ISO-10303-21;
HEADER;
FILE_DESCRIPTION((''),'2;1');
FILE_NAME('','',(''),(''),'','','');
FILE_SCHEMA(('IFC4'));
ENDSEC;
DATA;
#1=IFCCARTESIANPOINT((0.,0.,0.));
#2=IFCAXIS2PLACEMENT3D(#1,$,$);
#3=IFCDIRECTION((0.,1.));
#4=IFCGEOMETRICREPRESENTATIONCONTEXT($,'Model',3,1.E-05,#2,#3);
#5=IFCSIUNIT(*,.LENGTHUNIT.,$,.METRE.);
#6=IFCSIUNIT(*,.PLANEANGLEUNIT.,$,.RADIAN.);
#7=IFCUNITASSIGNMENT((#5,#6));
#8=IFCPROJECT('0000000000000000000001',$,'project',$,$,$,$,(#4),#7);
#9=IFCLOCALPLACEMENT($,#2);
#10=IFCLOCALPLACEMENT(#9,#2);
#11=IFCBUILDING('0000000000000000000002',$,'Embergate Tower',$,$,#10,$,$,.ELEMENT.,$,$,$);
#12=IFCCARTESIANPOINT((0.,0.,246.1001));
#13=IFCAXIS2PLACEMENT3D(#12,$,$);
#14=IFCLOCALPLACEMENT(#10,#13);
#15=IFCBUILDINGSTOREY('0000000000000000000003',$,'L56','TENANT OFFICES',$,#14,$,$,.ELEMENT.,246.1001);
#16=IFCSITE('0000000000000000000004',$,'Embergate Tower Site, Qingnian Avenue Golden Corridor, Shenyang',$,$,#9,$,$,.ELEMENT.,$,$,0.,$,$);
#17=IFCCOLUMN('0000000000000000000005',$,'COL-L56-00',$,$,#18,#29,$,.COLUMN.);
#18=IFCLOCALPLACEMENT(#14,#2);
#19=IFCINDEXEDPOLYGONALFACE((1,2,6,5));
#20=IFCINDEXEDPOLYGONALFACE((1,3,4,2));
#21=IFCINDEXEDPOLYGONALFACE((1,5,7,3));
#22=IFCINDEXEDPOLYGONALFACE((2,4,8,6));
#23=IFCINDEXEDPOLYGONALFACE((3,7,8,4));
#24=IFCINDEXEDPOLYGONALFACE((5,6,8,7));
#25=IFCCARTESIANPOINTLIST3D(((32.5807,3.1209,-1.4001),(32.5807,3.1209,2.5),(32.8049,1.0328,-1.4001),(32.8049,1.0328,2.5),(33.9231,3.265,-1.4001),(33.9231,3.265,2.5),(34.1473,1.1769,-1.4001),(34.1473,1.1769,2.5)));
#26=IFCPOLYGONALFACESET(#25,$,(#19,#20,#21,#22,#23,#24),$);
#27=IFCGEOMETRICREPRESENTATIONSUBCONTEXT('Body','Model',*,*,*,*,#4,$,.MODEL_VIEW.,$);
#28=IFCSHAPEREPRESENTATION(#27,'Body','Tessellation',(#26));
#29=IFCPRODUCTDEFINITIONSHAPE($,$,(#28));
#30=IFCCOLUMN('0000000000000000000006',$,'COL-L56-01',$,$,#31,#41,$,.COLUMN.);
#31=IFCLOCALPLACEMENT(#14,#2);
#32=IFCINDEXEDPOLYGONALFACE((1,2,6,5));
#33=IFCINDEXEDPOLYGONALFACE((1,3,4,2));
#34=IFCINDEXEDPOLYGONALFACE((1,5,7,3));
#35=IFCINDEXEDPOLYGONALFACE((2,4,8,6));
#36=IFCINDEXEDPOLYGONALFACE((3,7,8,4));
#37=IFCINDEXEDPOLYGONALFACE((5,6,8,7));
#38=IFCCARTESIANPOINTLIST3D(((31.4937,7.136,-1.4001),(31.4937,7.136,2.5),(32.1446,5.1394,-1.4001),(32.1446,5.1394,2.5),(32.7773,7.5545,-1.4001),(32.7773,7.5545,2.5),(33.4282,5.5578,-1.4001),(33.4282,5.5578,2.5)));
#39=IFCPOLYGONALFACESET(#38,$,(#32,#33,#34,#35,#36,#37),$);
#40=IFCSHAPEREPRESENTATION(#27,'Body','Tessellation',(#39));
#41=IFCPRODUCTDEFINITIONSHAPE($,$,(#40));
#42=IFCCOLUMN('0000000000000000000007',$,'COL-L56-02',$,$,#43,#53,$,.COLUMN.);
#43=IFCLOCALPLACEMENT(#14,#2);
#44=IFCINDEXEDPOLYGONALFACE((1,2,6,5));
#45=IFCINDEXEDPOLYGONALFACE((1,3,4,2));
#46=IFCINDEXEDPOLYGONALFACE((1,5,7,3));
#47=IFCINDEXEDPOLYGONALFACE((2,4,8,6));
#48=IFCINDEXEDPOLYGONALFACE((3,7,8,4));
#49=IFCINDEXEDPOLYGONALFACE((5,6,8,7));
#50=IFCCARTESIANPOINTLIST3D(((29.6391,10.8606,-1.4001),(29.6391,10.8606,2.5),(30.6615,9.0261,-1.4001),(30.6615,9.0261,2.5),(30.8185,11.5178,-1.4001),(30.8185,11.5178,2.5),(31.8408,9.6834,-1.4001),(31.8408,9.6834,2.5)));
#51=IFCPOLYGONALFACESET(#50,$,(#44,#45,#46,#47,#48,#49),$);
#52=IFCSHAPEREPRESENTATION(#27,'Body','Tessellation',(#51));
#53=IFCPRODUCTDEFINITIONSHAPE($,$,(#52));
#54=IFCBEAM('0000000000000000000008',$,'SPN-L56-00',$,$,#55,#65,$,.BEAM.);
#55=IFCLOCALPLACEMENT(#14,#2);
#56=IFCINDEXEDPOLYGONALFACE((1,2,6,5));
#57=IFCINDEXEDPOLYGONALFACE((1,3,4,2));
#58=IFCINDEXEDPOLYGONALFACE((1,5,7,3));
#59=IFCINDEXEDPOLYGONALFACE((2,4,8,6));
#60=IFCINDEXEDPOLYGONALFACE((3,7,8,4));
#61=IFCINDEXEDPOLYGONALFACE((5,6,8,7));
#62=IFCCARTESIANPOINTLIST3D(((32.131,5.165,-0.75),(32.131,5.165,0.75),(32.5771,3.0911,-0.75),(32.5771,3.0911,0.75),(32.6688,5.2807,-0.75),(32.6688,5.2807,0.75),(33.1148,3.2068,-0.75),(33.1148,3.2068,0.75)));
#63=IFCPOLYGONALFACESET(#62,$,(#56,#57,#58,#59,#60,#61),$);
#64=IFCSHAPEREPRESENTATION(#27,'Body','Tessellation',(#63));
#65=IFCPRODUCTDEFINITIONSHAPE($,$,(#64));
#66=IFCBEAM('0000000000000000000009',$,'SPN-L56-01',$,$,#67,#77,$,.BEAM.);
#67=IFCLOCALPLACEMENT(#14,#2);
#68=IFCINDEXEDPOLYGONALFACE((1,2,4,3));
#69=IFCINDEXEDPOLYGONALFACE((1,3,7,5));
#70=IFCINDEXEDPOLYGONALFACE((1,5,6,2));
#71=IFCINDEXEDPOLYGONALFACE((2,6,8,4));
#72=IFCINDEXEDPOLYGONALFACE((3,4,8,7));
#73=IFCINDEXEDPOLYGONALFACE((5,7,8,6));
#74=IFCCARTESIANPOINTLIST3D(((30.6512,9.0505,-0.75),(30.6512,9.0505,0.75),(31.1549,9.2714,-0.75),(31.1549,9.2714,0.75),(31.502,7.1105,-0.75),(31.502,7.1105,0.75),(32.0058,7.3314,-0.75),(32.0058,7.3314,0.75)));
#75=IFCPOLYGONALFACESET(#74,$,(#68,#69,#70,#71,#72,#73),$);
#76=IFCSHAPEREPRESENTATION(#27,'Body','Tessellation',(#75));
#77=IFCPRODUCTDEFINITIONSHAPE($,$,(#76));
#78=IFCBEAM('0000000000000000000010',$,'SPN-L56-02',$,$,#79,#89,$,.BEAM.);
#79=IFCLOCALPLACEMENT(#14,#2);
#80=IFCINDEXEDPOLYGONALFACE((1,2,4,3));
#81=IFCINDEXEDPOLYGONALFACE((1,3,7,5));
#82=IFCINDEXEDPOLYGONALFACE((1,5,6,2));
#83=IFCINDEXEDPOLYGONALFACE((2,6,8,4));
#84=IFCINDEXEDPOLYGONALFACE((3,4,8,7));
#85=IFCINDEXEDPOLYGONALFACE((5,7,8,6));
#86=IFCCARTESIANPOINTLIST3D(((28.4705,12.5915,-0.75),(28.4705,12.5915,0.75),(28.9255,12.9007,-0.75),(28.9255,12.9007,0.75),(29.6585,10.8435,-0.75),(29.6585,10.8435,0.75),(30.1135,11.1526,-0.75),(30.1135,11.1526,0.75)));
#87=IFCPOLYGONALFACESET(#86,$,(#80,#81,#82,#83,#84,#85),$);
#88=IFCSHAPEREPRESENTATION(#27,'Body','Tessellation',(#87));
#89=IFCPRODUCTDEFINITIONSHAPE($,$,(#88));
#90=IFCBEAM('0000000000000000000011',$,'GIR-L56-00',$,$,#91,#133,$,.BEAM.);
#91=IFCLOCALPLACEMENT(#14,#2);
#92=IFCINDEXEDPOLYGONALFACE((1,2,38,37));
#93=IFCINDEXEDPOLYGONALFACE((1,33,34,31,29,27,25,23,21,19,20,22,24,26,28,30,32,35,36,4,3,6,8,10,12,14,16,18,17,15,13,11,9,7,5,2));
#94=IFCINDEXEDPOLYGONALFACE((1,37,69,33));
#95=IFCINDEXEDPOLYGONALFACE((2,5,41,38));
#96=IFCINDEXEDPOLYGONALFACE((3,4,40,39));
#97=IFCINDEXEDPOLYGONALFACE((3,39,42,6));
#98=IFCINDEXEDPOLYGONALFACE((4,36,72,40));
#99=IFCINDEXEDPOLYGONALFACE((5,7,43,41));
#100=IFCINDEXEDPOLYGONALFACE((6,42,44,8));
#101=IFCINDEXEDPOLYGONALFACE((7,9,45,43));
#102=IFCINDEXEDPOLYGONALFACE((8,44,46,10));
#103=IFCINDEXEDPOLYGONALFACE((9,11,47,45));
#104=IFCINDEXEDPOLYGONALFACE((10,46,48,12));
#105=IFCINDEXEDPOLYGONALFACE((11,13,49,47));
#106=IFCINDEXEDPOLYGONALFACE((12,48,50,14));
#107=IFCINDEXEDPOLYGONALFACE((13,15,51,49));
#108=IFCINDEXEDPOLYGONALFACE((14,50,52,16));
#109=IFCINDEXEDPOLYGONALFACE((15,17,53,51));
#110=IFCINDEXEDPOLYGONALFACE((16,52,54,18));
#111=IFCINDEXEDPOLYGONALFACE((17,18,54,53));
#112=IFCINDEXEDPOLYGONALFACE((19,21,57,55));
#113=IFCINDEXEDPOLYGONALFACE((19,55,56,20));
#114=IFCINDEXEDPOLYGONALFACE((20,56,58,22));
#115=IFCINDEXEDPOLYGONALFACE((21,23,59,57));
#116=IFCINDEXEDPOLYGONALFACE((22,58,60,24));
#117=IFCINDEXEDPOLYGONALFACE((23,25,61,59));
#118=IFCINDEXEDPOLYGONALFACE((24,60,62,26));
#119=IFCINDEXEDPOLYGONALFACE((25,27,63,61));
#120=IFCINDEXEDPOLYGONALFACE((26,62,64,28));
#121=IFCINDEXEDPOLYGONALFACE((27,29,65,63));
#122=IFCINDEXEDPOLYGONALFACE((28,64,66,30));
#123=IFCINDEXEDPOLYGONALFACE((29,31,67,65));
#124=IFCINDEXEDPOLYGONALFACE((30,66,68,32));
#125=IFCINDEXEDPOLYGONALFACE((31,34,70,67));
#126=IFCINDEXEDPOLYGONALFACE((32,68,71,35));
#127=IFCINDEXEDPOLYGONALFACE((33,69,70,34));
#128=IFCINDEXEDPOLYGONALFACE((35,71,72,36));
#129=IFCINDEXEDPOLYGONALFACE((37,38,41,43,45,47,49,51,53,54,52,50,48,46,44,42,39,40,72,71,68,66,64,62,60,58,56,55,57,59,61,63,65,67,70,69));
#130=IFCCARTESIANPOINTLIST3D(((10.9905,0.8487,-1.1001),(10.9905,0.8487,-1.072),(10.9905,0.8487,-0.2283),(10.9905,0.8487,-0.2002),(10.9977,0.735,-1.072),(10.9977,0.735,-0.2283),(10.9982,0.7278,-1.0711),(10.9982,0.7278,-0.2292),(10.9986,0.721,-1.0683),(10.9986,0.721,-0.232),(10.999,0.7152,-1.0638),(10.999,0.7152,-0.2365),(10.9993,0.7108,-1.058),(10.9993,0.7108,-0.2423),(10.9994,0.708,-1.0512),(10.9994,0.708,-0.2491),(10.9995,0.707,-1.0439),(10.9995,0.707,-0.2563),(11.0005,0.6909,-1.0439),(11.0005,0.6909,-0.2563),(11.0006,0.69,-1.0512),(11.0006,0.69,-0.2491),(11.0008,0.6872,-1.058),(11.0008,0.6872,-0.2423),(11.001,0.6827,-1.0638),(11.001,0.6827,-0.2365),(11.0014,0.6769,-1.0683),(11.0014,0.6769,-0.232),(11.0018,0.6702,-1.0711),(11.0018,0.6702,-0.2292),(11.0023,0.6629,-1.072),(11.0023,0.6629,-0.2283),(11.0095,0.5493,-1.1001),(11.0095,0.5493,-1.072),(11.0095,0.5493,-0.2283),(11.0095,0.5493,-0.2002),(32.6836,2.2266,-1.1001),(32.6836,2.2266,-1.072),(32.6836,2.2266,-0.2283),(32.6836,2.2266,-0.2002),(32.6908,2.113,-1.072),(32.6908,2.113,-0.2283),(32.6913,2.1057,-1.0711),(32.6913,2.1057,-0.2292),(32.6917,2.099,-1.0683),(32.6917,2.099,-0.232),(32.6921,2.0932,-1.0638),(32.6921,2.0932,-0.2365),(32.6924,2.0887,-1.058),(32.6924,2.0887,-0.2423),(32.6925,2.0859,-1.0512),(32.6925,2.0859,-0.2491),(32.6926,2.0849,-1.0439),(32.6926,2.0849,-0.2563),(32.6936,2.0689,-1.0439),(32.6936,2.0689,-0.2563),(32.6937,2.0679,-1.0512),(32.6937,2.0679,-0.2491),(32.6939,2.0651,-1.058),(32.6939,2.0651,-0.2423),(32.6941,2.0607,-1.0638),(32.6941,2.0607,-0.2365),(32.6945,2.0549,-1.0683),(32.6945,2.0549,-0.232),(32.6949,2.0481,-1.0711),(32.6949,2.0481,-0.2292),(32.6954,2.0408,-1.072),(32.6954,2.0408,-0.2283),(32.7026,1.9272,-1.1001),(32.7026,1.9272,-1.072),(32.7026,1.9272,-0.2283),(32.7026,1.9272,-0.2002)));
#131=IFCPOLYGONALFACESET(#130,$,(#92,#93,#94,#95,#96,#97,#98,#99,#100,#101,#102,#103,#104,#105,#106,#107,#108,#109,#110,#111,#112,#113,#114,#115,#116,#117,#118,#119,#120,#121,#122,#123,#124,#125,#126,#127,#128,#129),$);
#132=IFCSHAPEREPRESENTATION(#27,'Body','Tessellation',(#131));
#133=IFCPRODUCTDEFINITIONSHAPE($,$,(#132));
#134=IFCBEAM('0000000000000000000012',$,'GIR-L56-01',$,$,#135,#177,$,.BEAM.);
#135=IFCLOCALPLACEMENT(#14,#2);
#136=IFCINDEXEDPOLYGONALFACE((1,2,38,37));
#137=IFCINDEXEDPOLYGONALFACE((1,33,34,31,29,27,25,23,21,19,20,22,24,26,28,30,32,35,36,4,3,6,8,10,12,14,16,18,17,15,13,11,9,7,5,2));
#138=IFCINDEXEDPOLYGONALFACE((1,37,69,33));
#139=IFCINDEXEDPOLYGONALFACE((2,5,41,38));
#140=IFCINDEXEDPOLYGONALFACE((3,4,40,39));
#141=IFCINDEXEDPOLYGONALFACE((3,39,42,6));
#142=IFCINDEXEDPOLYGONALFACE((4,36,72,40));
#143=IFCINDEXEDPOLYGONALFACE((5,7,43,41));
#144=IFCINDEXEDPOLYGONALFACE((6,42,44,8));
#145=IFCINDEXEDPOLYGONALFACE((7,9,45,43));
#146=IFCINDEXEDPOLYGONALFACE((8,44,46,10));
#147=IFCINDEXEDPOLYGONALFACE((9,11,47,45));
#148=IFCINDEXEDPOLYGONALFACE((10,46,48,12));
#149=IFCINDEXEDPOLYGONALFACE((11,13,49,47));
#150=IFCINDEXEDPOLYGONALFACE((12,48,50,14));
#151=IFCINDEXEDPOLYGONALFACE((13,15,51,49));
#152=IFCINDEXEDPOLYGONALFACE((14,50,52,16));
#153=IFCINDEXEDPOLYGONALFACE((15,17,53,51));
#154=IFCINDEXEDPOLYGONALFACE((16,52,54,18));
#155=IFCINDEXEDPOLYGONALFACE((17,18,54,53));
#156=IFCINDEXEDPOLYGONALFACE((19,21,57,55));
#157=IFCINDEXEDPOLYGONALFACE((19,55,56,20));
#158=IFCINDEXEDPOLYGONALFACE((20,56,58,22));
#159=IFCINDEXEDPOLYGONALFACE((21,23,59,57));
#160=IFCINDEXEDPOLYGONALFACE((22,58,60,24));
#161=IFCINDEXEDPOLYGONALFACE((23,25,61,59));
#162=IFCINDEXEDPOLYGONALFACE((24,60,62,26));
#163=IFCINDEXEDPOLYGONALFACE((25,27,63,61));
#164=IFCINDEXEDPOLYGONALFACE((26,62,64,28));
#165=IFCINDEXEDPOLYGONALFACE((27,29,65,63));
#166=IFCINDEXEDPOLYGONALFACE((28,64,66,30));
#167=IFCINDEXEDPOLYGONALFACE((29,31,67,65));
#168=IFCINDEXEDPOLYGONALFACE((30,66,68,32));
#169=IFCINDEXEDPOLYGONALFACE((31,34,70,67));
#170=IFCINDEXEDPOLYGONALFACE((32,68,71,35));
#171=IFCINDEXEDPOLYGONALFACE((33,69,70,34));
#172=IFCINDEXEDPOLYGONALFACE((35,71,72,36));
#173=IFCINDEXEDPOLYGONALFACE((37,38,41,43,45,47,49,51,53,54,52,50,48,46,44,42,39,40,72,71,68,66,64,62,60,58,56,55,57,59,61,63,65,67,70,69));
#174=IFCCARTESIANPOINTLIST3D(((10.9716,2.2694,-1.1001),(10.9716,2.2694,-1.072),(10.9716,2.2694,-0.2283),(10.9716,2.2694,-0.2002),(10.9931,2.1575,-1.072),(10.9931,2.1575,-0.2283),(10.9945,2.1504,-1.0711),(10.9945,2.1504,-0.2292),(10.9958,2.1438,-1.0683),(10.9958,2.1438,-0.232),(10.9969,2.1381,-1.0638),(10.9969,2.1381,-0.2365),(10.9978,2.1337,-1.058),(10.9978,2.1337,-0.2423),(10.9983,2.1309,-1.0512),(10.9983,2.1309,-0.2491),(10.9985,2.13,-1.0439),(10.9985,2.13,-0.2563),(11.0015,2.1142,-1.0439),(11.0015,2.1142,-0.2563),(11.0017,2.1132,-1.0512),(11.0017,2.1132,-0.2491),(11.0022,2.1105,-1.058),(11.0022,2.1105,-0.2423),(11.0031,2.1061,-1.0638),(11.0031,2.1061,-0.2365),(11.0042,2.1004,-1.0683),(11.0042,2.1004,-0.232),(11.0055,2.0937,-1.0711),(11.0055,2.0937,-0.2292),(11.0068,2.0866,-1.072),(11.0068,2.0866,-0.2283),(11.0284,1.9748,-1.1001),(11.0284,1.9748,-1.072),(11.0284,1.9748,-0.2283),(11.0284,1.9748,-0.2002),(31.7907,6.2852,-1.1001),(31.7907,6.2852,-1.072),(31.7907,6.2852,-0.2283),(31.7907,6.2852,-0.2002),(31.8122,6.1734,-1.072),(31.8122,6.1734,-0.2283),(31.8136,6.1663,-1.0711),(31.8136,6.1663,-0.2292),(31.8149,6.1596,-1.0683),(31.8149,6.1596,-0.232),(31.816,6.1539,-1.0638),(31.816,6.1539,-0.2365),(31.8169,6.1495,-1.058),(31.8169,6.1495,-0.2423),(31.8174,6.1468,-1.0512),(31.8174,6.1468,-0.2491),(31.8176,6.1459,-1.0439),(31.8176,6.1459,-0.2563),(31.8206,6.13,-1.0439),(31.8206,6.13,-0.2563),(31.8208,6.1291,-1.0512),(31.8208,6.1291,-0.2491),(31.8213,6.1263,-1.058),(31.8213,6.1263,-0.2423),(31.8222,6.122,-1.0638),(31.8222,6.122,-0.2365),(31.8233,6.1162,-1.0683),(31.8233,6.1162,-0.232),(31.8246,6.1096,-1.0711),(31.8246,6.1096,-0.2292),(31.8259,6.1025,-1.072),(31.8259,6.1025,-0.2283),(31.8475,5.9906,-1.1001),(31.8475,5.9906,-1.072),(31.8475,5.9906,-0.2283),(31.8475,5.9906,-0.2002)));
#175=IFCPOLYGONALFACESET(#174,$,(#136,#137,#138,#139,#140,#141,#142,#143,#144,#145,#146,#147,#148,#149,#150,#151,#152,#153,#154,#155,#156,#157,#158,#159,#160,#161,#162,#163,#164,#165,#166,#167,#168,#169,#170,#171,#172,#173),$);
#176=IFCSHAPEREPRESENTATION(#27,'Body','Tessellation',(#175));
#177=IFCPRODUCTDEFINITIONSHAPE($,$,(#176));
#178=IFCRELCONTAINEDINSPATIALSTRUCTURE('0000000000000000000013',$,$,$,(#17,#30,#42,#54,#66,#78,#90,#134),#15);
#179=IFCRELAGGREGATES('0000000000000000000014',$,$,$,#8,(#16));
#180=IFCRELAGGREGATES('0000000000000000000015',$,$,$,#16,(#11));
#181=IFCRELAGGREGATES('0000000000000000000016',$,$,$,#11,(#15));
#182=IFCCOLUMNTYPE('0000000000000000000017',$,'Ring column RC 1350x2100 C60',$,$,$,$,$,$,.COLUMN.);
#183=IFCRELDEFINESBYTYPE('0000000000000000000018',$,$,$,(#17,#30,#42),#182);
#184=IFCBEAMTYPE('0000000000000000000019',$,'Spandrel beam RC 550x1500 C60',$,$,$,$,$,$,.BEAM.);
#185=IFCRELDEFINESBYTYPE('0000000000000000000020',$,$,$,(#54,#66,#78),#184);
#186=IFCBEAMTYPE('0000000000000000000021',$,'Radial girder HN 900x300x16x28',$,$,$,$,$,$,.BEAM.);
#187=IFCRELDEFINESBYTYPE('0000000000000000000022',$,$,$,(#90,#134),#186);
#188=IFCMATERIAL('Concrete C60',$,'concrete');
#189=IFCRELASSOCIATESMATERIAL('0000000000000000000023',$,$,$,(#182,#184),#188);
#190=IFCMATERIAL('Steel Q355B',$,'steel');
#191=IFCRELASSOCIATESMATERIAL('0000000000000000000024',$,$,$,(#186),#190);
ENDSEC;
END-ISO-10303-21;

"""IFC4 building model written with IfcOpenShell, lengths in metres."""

from ifc_helpers import new_model, si_unit, direction, frame, origin, origin_2d, place, context, subcontext, project, spatial, rectangle, i_section, extrude, source, transform, mapped, material, material_profile, profile_set, type_object, element, save


model = new_model("IFC4")

# Units and contexts
model_context = context("Model", 3, precision=1e-05, world=origin(), true_north=direction((0.0, 1.0)))
body_context = subcontext(model_context, "Body", "Model", "MODEL_VIEW")
ifc_project = project(units=[si_unit("LENGTHUNIT", "METRE"), si_unit("PLANEANGLEUNIT", "RADIAN")], contexts=[model_context])

# Site, building, storey
site_placement = place(None, origin())
site = spatial("IfcSite", under=ifc_project, at=site_placement, Name="Embergate Tower Site, Qingnian Avenue Golden Corridor, Shenyang", CompositionType="ELEMENT", RefElevation=0.0)
building_placement = place(site_placement, origin())
building = spatial("IfcBuilding", under=site, at=building_placement, Name="Embergate Tower", CompositionType="ELEMENT")
storey_placement = place(building_placement, frame((0.0, 0.0, 246.1001)))
storey = spatial("IfcBuildingStorey", under=building, at=storey_placement, Name="L56", Description="TENANT OFFICES", CompositionType="ELEMENT", Elevation=246.1001)

# Columns
ifc_material_1 = material(Name="Concrete C60", Category="concrete")
ifc_material_profile_1 = material_profile(ifc_material_1, rectangle(XDim=1.3501, YDim=2.1001, at=origin_2d()), Name="RC 1350x2100")
ifc_profile_set_1 = profile_set([ifc_material_profile_1], Name="Concrete C60")
column_type = type_object("IfcColumnType", Name="Ring column RC 1350x2100 C60", PredefinedType="COLUMN", material=ifc_profile_set_1)
shared_shape_1 = source(origin(), body_context, "Body", "SweptSolid", [
    extrude(rectangle(XDim=1.3501, YDim=2.1001, at=origin_2d()), origin(), (0.0, 0.0, 1.0), 3.9001),
])
for number, where, z_axis, x_axis, name in (
    (1, (33.364, 2.1489, -1.4001), (0.0, 0.0, 1.0), (0.994286, 0.10675, 0.0), "COL-L56-00"),
    (2, (32.4609, 6.3469, -1.4001), (0.0, 0.0, 1.0), (0.950754, 0.309946, 0.0), "COL-L56-01"),
    (3, (30.74, 10.272, -1.4001), (0.0, 0.0, 1.0), (0.8735, 0.486823, 0.0), "COL-L56-02"),
):
    element("IfcColumn", number, at=place(storey_placement, frame(where, z_axis=z_axis, x_axis=x_axis)), inside=storey, type_object=column_type, Name=name, PredefinedType="COLUMN", context=body_context, shape_type="MappedRepresentation", body=[
        mapped(shared_shape_1, transform((0.0, 0.0, 0.0))),
    ])

# Beams
ifc_material_profile_2 = material_profile(ifc_material_1, rectangle(XDim=0.55, YDim=1.5, at=origin_2d()), Name="RC 550x1500")
ifc_profile_set_2 = profile_set([ifc_material_profile_2], Name="Concrete C60")
beam_type_1 = type_object("IfcBeamType", Name="Spandrel beam RC 550x1500 C60", PredefinedType="BEAM", material=ifc_profile_set_2)
shared_shape_2 = source(origin(), body_context, "Body", "SweptSolid", [
    extrude(rectangle(XDim=0.55, YDim=1.5, at=origin_2d()), origin(), (0.0, 0.0, 1.0), 2.1213),
])
beam_1_placement = place(storey_placement, frame((32.8459, 3.1489, 0.0), z_axis=(-0.21026, 0.977646, 0.0), x_axis=(-0.977646, -0.21026, 0.0)))
element("IfcBeam", 4, at=beam_1_placement, inside=storey, type_object=beam_type_1, Name="SPN-L56-00", PredefinedType="BEAM", context=body_context, shape_type="MappedRepresentation", body=[
    mapped(shared_shape_2, transform((0.0, 0.0, 0.0))),
])
shared_shape_3 = source(origin(), body_context, "Body", "SweptSolid", [
    extrude(rectangle(XDim=0.55, YDim=1.5, at=origin_2d()), origin(), (0.0, 0.0, 1.0), 2.1184),
])
beam_2_placement = place(storey_placement, frame((31.7539, 7.2209, 0.0), z_axis=(-0.401653, 0.915792, 0.0), x_axis=(-0.915792, -0.401653, 0.0)))
element("IfcBeam", 5, at=beam_2_placement, inside=storey, type_object=beam_type_1, Name="SPN-L56-01", PredefinedType="BEAM", context=body_context, shape_type="MappedRepresentation", body=[
    mapped(shared_shape_3, transform((0.0, 0.0, 0.0))),
])
shared_shape_4 = source(origin(), body_context, "Body", "SweptSolid", [
    extrude(rectangle(XDim=0.55, YDim=1.5, at=origin_2d()), origin(), (0.0, 0.0, 1.0), 2.1135),
])
beam_3_placement = place(storey_placement, frame((29.886, 10.998, 0.0), z_axis=(-0.562089, 0.827077, 0.0), x_axis=(-0.827077, -0.562089, 0.0)))
element("IfcBeam", 6, at=beam_3_placement, inside=storey, type_object=beam_type_1, Name="SPN-L56-02", PredefinedType="BEAM", context=body_context, shape_type="MappedRepresentation", body=[
    mapped(shared_shape_4, transform((0.0, 0.0, 0.0))),
])
ifc_material_2 = material(Name="Steel Q355B", Category="steel")
ifc_material_profile_3 = material_profile(ifc_material_2, i_section(OverallWidth=0.3, OverallDepth=0.8999, WebThickness=0.0161, FlangeThickness=0.0281, FilletRadius=0.0281, at=origin_2d()), Name="HN 900x300x16x28")
ifc_profile_set_3 = profile_set([ifc_material_profile_3], Name="Steel Q355 grade B")
beam_type_2 = type_object("IfcBeamType", Name="Radial girder HN 900x300x16x28", PredefinedType="BEAM", material=ifc_profile_set_3)
shared_shape_5 = source(origin(), body_context, "Body", "SweptSolid", [
    extrude(i_section(OverallWidth=0.3, OverallDepth=0.8999, WebThickness=0.0161, FlangeThickness=0.0281, FilletRadius=0.0281, at=origin_2d()), origin(), (0.0, 0.0, 1.0), 21.7368),
])
beam_4_placement = place(storey_placement, frame((32.6931, 2.0769, -0.6501), z_axis=(-0.997989, -0.063391, 0.0), x_axis=(0.063391, -0.997989, 0.0)))
element("IfcBeam", 7, at=beam_4_placement, inside=storey, type_object=beam_type_2, Name="GIR-L56-00", PredefinedType="BEAM", context=body_context, shape_type="MappedRepresentation", body=[
    mapped(shared_shape_5, transform((0.0, 0.0, 0.0))),
])
shared_shape_6 = source(origin(), body_context, "Body", "SweptSolid", [
    extrude(i_section(OverallWidth=0.3, OverallDepth=0.8999, WebThickness=0.0161, FlangeThickness=0.0281, FilletRadius=0.0281, at=origin_2d()), origin(), (0.0, 0.0, 1.0), 21.2029),
])
beam_5_placement = place(storey_placement, frame((31.8191, 6.1379, -0.6501), z_axis=(-0.9819, -0.189402, 0.0), x_axis=(0.189402, -0.9819, 0.0)))
element("IfcBeam", 8, at=beam_5_placement, inside=storey, type_object=beam_type_2, Name="GIR-L56-01", PredefinedType="BEAM", context=body_context, shape_type="MappedRepresentation", body=[
    mapped(shared_shape_6, transform((0.0, 0.0, 0.0))),
])

save(model, "model.ifc")
